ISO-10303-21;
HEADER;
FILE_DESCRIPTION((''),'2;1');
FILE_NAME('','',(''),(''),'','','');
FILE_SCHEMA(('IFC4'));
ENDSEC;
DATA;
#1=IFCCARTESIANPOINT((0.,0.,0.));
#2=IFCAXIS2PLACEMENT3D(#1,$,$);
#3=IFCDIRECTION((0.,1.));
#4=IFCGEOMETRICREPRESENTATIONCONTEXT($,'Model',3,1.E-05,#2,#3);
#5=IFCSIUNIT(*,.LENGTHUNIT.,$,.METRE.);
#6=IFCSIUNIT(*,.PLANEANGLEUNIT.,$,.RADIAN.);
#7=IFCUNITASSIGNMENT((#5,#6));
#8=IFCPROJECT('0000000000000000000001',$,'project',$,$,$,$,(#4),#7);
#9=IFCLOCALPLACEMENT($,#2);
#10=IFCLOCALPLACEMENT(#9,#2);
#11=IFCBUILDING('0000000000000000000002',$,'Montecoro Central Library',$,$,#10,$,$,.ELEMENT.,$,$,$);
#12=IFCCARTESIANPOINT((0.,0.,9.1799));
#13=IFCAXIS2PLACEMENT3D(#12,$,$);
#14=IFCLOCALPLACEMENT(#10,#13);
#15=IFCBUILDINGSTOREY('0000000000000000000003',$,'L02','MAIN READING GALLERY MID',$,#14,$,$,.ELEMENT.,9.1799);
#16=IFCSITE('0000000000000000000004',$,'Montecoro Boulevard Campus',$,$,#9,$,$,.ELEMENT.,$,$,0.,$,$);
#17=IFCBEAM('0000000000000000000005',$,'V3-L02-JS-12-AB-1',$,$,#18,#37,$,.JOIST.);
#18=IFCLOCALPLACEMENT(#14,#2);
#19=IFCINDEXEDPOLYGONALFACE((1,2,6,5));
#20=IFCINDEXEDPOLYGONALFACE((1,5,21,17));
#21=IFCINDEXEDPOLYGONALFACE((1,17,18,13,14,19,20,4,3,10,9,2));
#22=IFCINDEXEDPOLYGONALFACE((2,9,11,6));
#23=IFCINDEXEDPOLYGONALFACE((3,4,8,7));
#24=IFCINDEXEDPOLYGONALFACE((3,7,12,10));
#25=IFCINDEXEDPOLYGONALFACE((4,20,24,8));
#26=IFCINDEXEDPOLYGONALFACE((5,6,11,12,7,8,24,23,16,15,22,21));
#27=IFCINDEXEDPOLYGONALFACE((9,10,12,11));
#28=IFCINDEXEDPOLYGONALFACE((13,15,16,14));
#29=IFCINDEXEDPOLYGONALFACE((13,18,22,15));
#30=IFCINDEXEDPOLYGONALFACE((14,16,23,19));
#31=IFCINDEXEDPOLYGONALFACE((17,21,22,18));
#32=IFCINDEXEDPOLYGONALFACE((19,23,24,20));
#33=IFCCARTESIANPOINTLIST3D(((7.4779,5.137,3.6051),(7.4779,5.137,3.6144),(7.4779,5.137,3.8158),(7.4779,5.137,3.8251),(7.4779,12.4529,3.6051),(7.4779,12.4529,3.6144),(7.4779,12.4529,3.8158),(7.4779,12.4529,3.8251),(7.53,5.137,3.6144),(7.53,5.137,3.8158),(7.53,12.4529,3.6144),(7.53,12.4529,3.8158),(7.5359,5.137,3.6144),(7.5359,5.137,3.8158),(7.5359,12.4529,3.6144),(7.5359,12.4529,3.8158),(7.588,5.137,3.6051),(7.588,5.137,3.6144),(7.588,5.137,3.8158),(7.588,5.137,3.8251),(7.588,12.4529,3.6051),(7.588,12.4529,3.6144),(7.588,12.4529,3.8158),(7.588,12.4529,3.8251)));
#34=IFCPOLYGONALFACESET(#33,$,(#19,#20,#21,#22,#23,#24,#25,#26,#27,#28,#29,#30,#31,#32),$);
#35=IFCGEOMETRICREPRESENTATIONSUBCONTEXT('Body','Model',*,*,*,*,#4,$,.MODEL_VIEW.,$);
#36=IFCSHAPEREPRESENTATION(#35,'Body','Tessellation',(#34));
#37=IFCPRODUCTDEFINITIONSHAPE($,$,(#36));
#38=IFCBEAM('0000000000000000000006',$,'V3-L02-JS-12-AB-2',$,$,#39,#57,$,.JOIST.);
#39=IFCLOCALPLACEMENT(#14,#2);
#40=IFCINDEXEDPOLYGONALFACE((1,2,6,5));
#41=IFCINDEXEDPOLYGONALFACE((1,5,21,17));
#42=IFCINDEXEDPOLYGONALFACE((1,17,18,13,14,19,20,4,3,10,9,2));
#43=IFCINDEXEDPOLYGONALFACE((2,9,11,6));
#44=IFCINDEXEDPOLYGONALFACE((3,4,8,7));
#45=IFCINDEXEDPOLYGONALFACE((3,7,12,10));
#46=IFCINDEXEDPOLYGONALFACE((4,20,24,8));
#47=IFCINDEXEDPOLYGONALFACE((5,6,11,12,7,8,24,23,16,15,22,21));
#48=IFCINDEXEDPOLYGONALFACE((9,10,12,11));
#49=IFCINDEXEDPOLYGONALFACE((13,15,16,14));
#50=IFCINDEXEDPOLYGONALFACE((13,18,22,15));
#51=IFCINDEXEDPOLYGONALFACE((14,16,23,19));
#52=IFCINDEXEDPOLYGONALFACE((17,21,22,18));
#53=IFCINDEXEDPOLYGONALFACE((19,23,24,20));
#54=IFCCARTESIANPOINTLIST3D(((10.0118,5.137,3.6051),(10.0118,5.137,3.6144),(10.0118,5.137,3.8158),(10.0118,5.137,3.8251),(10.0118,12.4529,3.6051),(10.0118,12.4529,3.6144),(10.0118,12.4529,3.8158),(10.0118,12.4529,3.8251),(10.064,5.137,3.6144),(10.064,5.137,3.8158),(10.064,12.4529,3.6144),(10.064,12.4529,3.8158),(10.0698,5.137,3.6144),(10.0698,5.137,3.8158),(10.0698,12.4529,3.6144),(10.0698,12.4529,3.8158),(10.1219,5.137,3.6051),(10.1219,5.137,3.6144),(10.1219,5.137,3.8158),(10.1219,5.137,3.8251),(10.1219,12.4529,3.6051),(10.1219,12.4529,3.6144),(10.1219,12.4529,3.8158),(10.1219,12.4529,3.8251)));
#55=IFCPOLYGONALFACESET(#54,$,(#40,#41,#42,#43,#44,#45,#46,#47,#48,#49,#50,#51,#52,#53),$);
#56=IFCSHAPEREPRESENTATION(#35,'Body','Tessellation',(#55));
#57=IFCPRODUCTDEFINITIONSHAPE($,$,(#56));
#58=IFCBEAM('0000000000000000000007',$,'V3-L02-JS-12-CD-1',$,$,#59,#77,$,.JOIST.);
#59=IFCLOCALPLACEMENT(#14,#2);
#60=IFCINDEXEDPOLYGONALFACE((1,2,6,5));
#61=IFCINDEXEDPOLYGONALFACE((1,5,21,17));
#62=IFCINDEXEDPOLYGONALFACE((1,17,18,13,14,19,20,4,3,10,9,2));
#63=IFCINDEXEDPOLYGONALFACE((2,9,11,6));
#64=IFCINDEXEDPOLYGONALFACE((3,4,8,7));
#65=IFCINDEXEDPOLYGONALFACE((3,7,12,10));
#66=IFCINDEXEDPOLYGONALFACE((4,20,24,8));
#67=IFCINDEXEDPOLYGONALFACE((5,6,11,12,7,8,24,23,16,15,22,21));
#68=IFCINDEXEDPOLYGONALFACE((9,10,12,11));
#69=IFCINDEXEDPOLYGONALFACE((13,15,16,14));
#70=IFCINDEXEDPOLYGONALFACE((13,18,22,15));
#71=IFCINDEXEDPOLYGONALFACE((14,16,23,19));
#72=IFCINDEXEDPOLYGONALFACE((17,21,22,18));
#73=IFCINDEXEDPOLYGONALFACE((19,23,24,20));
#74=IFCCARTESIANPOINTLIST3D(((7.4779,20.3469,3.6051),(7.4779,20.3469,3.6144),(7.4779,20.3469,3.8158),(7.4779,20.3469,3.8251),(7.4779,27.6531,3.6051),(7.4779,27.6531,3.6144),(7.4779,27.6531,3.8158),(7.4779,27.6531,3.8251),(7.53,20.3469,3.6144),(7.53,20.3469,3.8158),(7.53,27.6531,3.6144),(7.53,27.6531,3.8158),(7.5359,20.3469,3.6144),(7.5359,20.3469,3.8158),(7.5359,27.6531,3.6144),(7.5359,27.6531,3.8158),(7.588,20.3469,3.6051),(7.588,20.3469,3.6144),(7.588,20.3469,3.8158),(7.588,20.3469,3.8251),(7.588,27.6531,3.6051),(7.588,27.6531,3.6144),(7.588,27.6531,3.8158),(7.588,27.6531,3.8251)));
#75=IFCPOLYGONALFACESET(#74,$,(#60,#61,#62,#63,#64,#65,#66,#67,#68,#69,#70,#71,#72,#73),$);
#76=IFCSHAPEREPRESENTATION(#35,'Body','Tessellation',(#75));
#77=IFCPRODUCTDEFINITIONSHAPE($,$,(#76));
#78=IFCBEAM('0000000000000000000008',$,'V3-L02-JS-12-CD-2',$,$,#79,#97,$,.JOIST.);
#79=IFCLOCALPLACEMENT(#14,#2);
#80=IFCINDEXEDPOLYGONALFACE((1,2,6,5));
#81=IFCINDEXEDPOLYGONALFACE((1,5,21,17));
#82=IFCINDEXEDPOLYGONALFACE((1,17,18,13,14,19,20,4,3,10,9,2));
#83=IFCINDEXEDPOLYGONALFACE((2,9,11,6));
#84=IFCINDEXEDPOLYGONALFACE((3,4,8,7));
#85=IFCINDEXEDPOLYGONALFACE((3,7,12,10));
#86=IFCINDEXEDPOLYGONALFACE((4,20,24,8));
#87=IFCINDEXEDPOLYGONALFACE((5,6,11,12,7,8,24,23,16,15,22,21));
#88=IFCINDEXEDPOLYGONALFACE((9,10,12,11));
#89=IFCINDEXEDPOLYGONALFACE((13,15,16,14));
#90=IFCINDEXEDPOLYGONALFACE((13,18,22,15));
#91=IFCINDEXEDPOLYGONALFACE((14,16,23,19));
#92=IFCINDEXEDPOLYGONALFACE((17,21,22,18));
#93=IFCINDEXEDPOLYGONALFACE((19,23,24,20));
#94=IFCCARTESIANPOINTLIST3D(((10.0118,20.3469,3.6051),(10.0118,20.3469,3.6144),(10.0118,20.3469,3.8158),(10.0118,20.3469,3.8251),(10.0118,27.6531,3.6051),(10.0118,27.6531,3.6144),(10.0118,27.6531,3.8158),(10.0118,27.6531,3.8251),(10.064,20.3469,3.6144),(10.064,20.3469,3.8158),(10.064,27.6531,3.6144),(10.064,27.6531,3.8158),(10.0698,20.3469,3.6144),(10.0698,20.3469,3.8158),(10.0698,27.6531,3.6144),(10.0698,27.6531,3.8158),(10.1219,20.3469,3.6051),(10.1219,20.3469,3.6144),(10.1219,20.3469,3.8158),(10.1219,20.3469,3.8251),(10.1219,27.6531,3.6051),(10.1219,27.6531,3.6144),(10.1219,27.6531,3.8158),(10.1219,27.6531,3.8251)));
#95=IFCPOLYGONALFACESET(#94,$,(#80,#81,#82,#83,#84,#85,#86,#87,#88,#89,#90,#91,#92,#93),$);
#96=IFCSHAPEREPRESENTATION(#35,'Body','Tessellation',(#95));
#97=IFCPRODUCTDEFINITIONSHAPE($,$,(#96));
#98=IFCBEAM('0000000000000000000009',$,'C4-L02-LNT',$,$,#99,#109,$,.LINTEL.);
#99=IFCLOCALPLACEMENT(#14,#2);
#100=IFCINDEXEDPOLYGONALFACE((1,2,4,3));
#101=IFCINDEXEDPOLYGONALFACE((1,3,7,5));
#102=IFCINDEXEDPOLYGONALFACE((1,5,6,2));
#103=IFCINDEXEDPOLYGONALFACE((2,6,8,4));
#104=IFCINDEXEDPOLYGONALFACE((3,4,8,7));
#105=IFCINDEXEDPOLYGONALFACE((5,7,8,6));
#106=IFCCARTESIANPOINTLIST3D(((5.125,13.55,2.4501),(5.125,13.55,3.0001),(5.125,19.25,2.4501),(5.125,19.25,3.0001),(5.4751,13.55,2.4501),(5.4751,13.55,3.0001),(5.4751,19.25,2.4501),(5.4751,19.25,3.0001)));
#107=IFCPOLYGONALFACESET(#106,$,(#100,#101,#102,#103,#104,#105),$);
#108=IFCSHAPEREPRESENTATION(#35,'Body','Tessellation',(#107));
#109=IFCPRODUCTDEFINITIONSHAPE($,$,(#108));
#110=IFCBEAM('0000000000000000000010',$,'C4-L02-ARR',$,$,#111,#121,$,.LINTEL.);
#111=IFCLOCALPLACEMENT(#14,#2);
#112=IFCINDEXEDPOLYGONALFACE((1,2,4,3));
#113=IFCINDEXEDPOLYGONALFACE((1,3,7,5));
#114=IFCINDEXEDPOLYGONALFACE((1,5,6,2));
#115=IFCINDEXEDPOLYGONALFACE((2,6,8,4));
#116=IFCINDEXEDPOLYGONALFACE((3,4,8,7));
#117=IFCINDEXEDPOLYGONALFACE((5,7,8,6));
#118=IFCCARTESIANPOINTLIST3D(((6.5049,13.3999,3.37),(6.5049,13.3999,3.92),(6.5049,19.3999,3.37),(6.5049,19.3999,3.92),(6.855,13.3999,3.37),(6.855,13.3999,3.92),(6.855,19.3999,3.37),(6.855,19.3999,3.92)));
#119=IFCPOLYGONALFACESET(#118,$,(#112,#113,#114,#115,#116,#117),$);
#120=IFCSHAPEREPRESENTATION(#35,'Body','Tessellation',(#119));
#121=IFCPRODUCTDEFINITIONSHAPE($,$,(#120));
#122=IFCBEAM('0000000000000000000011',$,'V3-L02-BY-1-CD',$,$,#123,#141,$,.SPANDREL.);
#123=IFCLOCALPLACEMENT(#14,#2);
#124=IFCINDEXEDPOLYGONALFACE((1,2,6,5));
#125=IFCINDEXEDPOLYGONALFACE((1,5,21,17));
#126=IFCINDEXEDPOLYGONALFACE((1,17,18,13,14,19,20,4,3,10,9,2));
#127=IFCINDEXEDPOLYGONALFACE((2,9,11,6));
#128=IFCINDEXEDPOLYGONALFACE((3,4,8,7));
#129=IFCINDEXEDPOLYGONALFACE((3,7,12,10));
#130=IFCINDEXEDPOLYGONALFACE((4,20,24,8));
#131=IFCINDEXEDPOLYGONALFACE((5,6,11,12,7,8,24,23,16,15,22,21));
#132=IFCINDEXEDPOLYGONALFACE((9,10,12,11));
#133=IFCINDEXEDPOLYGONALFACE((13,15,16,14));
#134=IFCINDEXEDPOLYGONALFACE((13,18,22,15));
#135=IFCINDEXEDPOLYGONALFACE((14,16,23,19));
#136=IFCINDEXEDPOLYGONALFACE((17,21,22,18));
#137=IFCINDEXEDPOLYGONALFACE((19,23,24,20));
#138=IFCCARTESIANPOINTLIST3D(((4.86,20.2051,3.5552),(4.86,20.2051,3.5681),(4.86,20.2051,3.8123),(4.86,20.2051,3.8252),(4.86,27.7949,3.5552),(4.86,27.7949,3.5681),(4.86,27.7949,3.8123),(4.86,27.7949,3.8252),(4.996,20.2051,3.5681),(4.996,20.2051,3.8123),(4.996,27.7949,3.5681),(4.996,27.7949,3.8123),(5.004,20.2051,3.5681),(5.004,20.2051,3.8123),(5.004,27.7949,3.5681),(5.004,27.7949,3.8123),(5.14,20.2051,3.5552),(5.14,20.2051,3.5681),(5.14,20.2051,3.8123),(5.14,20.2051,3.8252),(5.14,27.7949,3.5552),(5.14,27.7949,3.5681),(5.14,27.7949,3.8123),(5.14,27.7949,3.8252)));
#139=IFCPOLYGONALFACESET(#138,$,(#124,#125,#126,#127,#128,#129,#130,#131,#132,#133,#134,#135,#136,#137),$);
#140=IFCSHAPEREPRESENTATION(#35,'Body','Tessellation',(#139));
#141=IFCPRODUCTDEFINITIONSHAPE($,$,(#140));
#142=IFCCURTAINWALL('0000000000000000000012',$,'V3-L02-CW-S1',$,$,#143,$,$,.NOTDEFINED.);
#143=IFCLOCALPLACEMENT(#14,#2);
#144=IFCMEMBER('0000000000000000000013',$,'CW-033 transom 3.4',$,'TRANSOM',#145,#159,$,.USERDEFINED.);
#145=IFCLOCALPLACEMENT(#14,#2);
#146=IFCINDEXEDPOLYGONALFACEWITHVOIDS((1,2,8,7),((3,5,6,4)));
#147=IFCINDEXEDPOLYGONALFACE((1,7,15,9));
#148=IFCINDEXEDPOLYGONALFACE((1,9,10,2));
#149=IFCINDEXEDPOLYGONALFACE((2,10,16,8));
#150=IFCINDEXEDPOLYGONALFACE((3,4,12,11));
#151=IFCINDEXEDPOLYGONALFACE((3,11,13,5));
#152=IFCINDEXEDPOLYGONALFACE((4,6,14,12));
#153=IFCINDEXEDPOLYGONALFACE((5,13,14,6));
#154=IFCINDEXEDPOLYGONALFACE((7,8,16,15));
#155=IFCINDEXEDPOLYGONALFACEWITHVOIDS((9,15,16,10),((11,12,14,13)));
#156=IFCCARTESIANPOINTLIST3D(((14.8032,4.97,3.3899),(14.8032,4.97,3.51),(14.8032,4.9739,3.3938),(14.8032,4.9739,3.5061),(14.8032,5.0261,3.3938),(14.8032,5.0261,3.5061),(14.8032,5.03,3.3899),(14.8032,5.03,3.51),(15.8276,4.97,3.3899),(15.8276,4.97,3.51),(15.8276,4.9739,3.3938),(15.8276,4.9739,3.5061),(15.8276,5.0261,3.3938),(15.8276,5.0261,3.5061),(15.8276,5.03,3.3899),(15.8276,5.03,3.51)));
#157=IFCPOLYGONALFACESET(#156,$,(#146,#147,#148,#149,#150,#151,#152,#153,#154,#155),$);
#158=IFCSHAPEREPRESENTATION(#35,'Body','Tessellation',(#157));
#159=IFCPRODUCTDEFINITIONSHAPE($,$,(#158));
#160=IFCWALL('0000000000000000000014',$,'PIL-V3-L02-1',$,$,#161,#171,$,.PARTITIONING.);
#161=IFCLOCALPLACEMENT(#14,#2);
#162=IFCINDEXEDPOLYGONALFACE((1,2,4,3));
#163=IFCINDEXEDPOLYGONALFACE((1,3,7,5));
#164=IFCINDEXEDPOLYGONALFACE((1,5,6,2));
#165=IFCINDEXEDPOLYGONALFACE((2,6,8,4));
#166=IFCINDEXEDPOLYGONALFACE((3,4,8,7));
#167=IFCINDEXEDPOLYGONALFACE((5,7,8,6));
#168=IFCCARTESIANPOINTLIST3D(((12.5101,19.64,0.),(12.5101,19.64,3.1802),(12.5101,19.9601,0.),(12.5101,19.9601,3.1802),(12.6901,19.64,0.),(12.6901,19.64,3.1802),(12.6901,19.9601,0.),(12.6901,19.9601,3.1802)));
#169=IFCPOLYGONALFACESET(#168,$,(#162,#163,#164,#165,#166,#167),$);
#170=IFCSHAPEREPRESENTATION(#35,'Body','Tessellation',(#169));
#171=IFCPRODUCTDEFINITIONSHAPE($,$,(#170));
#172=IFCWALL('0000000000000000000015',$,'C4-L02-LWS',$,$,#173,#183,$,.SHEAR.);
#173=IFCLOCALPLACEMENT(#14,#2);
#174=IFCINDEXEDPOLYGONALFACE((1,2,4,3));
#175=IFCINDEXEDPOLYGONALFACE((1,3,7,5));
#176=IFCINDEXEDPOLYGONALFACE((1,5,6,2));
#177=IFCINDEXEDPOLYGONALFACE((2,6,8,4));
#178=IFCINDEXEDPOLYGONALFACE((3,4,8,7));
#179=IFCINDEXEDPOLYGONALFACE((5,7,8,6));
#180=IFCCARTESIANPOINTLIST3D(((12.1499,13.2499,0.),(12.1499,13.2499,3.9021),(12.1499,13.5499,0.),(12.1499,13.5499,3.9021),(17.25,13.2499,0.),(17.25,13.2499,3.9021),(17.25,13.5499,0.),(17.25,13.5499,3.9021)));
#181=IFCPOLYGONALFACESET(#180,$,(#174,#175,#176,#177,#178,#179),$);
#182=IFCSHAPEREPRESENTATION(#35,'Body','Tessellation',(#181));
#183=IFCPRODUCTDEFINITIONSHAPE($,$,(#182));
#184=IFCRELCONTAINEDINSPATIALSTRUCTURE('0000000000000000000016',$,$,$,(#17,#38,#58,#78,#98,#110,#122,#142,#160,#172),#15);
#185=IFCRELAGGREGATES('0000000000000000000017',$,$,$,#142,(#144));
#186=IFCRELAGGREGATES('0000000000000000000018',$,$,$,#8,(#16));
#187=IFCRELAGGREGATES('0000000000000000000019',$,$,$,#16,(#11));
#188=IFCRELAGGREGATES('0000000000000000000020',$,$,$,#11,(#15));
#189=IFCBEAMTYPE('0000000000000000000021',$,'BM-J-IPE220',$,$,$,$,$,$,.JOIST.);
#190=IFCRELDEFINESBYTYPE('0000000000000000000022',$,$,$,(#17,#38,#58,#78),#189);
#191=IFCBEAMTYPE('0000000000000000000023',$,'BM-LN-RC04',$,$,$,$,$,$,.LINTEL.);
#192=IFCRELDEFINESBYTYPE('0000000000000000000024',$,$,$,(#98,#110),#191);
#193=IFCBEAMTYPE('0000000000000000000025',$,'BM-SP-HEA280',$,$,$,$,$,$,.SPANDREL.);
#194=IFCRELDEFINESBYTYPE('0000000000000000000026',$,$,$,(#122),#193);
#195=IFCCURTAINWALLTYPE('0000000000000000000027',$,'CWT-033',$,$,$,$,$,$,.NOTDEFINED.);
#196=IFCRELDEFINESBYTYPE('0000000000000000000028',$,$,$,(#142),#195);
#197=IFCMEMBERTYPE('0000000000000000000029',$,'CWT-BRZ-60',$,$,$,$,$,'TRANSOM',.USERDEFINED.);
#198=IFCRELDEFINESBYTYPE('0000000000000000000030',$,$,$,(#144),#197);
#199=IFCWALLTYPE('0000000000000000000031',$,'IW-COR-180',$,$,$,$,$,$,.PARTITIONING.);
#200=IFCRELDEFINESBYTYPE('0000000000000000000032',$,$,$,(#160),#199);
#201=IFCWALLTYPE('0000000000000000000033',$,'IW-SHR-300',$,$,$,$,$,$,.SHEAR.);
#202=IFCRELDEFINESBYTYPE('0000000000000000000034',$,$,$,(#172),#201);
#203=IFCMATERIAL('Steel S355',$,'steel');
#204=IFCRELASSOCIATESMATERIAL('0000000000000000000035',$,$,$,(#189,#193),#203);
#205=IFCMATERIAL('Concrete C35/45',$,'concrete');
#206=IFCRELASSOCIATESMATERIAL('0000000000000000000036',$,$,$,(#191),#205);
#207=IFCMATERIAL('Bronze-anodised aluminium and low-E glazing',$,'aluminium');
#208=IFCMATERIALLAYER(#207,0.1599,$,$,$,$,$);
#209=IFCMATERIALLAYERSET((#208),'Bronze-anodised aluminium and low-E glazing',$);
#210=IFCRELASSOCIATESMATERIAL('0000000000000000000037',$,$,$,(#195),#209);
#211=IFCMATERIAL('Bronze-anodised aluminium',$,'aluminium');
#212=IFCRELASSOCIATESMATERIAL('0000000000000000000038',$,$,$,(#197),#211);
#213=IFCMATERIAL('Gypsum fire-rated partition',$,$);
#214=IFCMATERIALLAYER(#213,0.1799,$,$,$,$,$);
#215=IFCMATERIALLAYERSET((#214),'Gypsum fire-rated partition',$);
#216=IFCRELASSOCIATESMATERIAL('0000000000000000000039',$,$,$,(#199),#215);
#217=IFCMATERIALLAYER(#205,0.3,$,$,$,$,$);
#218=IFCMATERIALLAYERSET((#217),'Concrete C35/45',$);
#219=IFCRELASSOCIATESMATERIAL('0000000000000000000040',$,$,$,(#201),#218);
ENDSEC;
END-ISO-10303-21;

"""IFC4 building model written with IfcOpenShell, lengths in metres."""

from ifc_helpers import new_model, si_unit, direction, frame, frame_2d, origin, origin_2d, place, context, subcontext, project, spatial, rectangle, hollow_rectangle, i_section, extrude, material, layer, layer_set, material_profile, profile_set, type_object, element, aggregate, save


model = new_model("IFC4")

# Units and contexts
model_context = context("Model", 3, precision=1e-05, world=origin(), true_north=direction((0.0, 1.0)))
body_context = subcontext(model_context, "Body", "Model", "MODEL_VIEW")
ifc_project = project(units=[si_unit("LENGTHUNIT", "METRE"), si_unit("PLANEANGLEUNIT", "RADIAN")], contexts=[model_context])

# Site, building, storey
site_placement = place(None, origin())
site = spatial("IfcSite", under=ifc_project, at=site_placement, Name="Montecoro Boulevard Campus", CompositionType="ELEMENT", RefElevation=0.0)
building_placement = place(site_placement, origin())
building = spatial("IfcBuilding", under=site, at=building_placement, Name="Montecoro Central Library", CompositionType="ELEMENT")
storey_placement = place(building_placement, frame((0.0, 0.0, 9.1799)))
storey = spatial("IfcBuildingStorey", under=building, at=storey_placement, Name="L02", Description="MAIN READING GALLERY MID", CompositionType="ELEMENT", Elevation=9.1799)

# Shared definitions
ifc_material_1 = material(Name="Steel S355", Category="steel")

# Beams
ifc_material_profile_1 = material_profile(ifc_material_1, i_section(OverallWidth=0.1101, OverallDepth=0.22, WebThickness=0.0059, FlangeThickness=0.0093, at=origin_2d()), Name="IPE 220")
ifc_profile_set_1 = profile_set([ifc_material_profile_1], Name="Steel S355")
beam_type_1 = type_object("IfcBeamType", Name="BM-J-IPE220", PredefinedType="JOIST", material=ifc_profile_set_1)
for number, where, z_axis, x_axis, name in (
    (1, (7.533, 5.137, 3.7151), (0.0, 1.0, 0.0), (-1.0, 0.0, 0.0), "V3-L02-JS-12-AB-1"),
    (2, (10.0669, 5.137, 3.7151), (0.0, 1.0, 0.0), (-1.0, 0.0, 0.0), "V3-L02-JS-12-AB-2"),
):
    element("IfcBeam", number, at=place(storey_placement, frame(where, z_axis=z_axis, x_axis=x_axis)), inside=storey, type_object=beam_type_1, Name=name, PredefinedType="JOIST", context=body_context, shape_type="SweptSolid", body=[
        extrude(i_section(OverallWidth=0.1101, OverallDepth=0.22, WebThickness=0.0059, FlangeThickness=0.0093, at=origin_2d()), origin(), (0.0, 0.0, 1.0), 7.3159),
    ])
for number, where, z_axis, x_axis, name in (
    (3, (7.533, 20.3469, 3.7151), (0.0, 1.0, 0.0), (-1.0, 0.0, 0.0), "V3-L02-JS-12-CD-1"),
    (4, (10.0669, 20.3469, 3.7151), (0.0, 1.0, 0.0), (-1.0, 0.0, 0.0), "V3-L02-JS-12-CD-2"),
):
    element("IfcBeam", number, at=place(storey_placement, frame(where, z_axis=z_axis, x_axis=x_axis)), inside=storey, type_object=beam_type_1, Name=name, PredefinedType="JOIST", context=body_context, shape_type="SweptSolid", body=[
        extrude(i_section(OverallWidth=0.1101, OverallDepth=0.22, WebThickness=0.0059, FlangeThickness=0.0093, at=origin_2d()), origin(), (0.0, 0.0, 1.0), 7.3062),
    ])
ifc_material_2 = material(Name="Concrete C35/45", Category="concrete")
ifc_material_profile_2 = material_profile(ifc_material_2, rectangle(XDim=0.3501, YDim=0.55, at=origin_2d()), Name="RC LNT 550x350")
ifc_profile_set_2 = profile_set([ifc_material_profile_2], Name="Concrete C35/45")
beam_type_2 = type_object("IfcBeamType", Name="BM-LN-RC04", PredefinedType="LINTEL", material=ifc_profile_set_2)
beam_1_placement = place(storey_placement, frame((5.3, 13.55, 2.7251), z_axis=(0.0, 1.0, 0.0), x_axis=(-1.0, 0.0, 0.0)))
element("IfcBeam", 5, at=beam_1_placement, inside=storey, type_object=beam_type_2, Name="C4-L02-LNT", PredefinedType="LINTEL", context=body_context, shape_type="SweptSolid", body=[
    extrude(rectangle(XDim=0.3501, YDim=0.55, at=origin_2d()), origin(), (0.0, 0.0, 1.0), 5.7),
])
beam_2_placement = place(storey_placement, frame((6.6799, 13.3999, 3.645), z_axis=(0.0, 1.0, 0.0), x_axis=(-1.0, 0.0, 0.0)))
element("IfcBeam", 6, at=beam_2_placement, inside=storey, type_object=beam_type_2, Name="C4-L02-ARR", PredefinedType="LINTEL", context=body_context, shape_type="SweptSolid", body=[
    extrude(rectangle(XDim=0.3501, YDim=0.55, at=origin_2d()), origin(), (0.0, 0.0, 1.0), 6.0),
])
ifc_material_profile_3 = material_profile(ifc_material_1, i_section(OverallWidth=0.28, OverallDepth=0.27, WebThickness=0.0081, FlangeThickness=0.0129, at=origin_2d()), Name="HEA 280")
ifc_profile_set_3 = profile_set([ifc_material_profile_3], Name="Steel S355")
beam_type_3 = type_object("IfcBeamType", Name="BM-SP-HEA280", PredefinedType="SPANDREL", material=ifc_profile_set_3)
beam_3_placement = place(storey_placement, frame((5.0, 20.2051, 3.6902), z_axis=(0.0, 1.0, 0.0), x_axis=(-1.0, 0.0, 0.0)))
element("IfcBeam", 7, at=beam_3_placement, inside=storey, type_object=beam_type_3, Name="V3-L02-BY-1-CD", PredefinedType="SPANDREL", context=body_context, shape_type="SweptSolid", body=[
    extrude(i_section(OverallWidth=0.28, OverallDepth=0.27, WebThickness=0.0081, FlangeThickness=0.0129, at=origin_2d()), origin(), (0.0, 0.0, 1.0), 7.5898),
])

# Curtain wall, member
ifc_material_3 = material(Name="Bronze-anodised aluminium and low-E glazing", Category="aluminium")
ifc_layer_1 = layer(ifc_material_3, 0.1599)
ifc_layer_set_1 = layer_set([ifc_layer_1], Name="Bronze-anodised aluminium and low-E glazing")
curtain_wall_type = type_object("IfcCurtainWallType", Name="CWT-033", PredefinedType="NOTDEFINED", material=ifc_layer_set_1)
curtain_wall_placement = place(storey_placement, origin())
curtain_wall = element("IfcCurtainWall", 8, at=curtain_wall_placement, inside=storey, type_object=curtain_wall_type, Name="V3-L02-CW-S1", PredefinedType="NOTDEFINED")
ifc_material_4 = material(Name="Bronze-anodised aluminium", Category="aluminium")
ifc_material_profile_4 = material_profile(ifc_material_4, hollow_rectangle(XDim=0.0601, YDim=0.1201, WallThickness=0.0039, at=origin_2d()), Name="CWT 120x60x4.0")
ifc_profile_set_4 = profile_set([ifc_material_profile_4], Name="Bronze-anodised aluminium")
member_type = type_object("IfcMemberType", Name="CWT-BRZ-60", ElementType="TRANSOM", PredefinedType="USERDEFINED", material=ifc_profile_set_4)
member_placement = place(storey_placement, frame((14.8032, 5.0, 3.45), z_axis=(1.0, 0.0, 0.0), x_axis=(0.0, 1.0, 0.0)))
member = element("IfcMember", 9, at=member_placement, type_object=member_type, Name="CW-033 transom 3.4", ObjectType="TRANSOM", PredefinedType="USERDEFINED", context=body_context, shape_type="SweptSolid", body=[
    extrude(hollow_rectangle(XDim=0.0601, YDim=0.1201, WallThickness=0.0039, at=origin_2d()), origin(), (0.0, 0.0, 1.0), 1.0244),
])
aggregate(curtain_wall, [member])

# Wall
ifc_material_5 = material(Name="Gypsum fire-rated partition")
ifc_layer_2 = layer(ifc_material_5, 0.1799)
ifc_layer_set_2 = layer_set([ifc_layer_2], Name="Gypsum fire-rated partition")
wall_type_1 = type_object("IfcWallType", Name="IW-COR-180", PredefinedType="PARTITIONING", material=ifc_layer_set_2)
wall_1_placement = place(storey_placement, frame((12.6001, 19.6399, 0.0), z_axis=(0.0, 0.0, 1.0), x_axis=(0.0, 1.0, 0.0)))
element("IfcWall", 10, at=wall_1_placement, inside=storey, type_object=wall_type_1, Name="PIL-V3-L02-1", PredefinedType="PARTITIONING", context=body_context, shape_type="SweptSolid", body=[
    extrude(rectangle(XDim=0.3201, YDim=0.1799, at=frame_2d((0.1602, 0.0))), origin(), (0.0, 0.0, 1.0), 3.1802),
])

# Wall
ifc_layer_3 = layer(ifc_material_2, 0.3)
ifc_layer_set_3 = layer_set([ifc_layer_3], Name="Concrete C35/45")
wall_type_2 = type_object("IfcWallType", Name="IW-SHR-300", PredefinedType="SHEAR", material=ifc_layer_set_3)
wall_2_placement = place(storey_placement, frame((12.1499, 13.3999, 0.0), z_axis=(0.0, 0.0, 1.0), x_axis=(1.0, 0.0, 0.0)))
element("IfcWall", 11, at=wall_2_placement, inside=storey, type_object=wall_type_2, Name="C4-L02-LWS", PredefinedType="SHEAR", context=body_context, shape_type="SweptSolid", body=[
    extrude(rectangle(XDim=5.1001, YDim=0.3, at=frame_2d((2.55, 0.0))), origin(), (0.0, 0.0, 1.0), 3.9021),
])

save(model, "model.ifc")
